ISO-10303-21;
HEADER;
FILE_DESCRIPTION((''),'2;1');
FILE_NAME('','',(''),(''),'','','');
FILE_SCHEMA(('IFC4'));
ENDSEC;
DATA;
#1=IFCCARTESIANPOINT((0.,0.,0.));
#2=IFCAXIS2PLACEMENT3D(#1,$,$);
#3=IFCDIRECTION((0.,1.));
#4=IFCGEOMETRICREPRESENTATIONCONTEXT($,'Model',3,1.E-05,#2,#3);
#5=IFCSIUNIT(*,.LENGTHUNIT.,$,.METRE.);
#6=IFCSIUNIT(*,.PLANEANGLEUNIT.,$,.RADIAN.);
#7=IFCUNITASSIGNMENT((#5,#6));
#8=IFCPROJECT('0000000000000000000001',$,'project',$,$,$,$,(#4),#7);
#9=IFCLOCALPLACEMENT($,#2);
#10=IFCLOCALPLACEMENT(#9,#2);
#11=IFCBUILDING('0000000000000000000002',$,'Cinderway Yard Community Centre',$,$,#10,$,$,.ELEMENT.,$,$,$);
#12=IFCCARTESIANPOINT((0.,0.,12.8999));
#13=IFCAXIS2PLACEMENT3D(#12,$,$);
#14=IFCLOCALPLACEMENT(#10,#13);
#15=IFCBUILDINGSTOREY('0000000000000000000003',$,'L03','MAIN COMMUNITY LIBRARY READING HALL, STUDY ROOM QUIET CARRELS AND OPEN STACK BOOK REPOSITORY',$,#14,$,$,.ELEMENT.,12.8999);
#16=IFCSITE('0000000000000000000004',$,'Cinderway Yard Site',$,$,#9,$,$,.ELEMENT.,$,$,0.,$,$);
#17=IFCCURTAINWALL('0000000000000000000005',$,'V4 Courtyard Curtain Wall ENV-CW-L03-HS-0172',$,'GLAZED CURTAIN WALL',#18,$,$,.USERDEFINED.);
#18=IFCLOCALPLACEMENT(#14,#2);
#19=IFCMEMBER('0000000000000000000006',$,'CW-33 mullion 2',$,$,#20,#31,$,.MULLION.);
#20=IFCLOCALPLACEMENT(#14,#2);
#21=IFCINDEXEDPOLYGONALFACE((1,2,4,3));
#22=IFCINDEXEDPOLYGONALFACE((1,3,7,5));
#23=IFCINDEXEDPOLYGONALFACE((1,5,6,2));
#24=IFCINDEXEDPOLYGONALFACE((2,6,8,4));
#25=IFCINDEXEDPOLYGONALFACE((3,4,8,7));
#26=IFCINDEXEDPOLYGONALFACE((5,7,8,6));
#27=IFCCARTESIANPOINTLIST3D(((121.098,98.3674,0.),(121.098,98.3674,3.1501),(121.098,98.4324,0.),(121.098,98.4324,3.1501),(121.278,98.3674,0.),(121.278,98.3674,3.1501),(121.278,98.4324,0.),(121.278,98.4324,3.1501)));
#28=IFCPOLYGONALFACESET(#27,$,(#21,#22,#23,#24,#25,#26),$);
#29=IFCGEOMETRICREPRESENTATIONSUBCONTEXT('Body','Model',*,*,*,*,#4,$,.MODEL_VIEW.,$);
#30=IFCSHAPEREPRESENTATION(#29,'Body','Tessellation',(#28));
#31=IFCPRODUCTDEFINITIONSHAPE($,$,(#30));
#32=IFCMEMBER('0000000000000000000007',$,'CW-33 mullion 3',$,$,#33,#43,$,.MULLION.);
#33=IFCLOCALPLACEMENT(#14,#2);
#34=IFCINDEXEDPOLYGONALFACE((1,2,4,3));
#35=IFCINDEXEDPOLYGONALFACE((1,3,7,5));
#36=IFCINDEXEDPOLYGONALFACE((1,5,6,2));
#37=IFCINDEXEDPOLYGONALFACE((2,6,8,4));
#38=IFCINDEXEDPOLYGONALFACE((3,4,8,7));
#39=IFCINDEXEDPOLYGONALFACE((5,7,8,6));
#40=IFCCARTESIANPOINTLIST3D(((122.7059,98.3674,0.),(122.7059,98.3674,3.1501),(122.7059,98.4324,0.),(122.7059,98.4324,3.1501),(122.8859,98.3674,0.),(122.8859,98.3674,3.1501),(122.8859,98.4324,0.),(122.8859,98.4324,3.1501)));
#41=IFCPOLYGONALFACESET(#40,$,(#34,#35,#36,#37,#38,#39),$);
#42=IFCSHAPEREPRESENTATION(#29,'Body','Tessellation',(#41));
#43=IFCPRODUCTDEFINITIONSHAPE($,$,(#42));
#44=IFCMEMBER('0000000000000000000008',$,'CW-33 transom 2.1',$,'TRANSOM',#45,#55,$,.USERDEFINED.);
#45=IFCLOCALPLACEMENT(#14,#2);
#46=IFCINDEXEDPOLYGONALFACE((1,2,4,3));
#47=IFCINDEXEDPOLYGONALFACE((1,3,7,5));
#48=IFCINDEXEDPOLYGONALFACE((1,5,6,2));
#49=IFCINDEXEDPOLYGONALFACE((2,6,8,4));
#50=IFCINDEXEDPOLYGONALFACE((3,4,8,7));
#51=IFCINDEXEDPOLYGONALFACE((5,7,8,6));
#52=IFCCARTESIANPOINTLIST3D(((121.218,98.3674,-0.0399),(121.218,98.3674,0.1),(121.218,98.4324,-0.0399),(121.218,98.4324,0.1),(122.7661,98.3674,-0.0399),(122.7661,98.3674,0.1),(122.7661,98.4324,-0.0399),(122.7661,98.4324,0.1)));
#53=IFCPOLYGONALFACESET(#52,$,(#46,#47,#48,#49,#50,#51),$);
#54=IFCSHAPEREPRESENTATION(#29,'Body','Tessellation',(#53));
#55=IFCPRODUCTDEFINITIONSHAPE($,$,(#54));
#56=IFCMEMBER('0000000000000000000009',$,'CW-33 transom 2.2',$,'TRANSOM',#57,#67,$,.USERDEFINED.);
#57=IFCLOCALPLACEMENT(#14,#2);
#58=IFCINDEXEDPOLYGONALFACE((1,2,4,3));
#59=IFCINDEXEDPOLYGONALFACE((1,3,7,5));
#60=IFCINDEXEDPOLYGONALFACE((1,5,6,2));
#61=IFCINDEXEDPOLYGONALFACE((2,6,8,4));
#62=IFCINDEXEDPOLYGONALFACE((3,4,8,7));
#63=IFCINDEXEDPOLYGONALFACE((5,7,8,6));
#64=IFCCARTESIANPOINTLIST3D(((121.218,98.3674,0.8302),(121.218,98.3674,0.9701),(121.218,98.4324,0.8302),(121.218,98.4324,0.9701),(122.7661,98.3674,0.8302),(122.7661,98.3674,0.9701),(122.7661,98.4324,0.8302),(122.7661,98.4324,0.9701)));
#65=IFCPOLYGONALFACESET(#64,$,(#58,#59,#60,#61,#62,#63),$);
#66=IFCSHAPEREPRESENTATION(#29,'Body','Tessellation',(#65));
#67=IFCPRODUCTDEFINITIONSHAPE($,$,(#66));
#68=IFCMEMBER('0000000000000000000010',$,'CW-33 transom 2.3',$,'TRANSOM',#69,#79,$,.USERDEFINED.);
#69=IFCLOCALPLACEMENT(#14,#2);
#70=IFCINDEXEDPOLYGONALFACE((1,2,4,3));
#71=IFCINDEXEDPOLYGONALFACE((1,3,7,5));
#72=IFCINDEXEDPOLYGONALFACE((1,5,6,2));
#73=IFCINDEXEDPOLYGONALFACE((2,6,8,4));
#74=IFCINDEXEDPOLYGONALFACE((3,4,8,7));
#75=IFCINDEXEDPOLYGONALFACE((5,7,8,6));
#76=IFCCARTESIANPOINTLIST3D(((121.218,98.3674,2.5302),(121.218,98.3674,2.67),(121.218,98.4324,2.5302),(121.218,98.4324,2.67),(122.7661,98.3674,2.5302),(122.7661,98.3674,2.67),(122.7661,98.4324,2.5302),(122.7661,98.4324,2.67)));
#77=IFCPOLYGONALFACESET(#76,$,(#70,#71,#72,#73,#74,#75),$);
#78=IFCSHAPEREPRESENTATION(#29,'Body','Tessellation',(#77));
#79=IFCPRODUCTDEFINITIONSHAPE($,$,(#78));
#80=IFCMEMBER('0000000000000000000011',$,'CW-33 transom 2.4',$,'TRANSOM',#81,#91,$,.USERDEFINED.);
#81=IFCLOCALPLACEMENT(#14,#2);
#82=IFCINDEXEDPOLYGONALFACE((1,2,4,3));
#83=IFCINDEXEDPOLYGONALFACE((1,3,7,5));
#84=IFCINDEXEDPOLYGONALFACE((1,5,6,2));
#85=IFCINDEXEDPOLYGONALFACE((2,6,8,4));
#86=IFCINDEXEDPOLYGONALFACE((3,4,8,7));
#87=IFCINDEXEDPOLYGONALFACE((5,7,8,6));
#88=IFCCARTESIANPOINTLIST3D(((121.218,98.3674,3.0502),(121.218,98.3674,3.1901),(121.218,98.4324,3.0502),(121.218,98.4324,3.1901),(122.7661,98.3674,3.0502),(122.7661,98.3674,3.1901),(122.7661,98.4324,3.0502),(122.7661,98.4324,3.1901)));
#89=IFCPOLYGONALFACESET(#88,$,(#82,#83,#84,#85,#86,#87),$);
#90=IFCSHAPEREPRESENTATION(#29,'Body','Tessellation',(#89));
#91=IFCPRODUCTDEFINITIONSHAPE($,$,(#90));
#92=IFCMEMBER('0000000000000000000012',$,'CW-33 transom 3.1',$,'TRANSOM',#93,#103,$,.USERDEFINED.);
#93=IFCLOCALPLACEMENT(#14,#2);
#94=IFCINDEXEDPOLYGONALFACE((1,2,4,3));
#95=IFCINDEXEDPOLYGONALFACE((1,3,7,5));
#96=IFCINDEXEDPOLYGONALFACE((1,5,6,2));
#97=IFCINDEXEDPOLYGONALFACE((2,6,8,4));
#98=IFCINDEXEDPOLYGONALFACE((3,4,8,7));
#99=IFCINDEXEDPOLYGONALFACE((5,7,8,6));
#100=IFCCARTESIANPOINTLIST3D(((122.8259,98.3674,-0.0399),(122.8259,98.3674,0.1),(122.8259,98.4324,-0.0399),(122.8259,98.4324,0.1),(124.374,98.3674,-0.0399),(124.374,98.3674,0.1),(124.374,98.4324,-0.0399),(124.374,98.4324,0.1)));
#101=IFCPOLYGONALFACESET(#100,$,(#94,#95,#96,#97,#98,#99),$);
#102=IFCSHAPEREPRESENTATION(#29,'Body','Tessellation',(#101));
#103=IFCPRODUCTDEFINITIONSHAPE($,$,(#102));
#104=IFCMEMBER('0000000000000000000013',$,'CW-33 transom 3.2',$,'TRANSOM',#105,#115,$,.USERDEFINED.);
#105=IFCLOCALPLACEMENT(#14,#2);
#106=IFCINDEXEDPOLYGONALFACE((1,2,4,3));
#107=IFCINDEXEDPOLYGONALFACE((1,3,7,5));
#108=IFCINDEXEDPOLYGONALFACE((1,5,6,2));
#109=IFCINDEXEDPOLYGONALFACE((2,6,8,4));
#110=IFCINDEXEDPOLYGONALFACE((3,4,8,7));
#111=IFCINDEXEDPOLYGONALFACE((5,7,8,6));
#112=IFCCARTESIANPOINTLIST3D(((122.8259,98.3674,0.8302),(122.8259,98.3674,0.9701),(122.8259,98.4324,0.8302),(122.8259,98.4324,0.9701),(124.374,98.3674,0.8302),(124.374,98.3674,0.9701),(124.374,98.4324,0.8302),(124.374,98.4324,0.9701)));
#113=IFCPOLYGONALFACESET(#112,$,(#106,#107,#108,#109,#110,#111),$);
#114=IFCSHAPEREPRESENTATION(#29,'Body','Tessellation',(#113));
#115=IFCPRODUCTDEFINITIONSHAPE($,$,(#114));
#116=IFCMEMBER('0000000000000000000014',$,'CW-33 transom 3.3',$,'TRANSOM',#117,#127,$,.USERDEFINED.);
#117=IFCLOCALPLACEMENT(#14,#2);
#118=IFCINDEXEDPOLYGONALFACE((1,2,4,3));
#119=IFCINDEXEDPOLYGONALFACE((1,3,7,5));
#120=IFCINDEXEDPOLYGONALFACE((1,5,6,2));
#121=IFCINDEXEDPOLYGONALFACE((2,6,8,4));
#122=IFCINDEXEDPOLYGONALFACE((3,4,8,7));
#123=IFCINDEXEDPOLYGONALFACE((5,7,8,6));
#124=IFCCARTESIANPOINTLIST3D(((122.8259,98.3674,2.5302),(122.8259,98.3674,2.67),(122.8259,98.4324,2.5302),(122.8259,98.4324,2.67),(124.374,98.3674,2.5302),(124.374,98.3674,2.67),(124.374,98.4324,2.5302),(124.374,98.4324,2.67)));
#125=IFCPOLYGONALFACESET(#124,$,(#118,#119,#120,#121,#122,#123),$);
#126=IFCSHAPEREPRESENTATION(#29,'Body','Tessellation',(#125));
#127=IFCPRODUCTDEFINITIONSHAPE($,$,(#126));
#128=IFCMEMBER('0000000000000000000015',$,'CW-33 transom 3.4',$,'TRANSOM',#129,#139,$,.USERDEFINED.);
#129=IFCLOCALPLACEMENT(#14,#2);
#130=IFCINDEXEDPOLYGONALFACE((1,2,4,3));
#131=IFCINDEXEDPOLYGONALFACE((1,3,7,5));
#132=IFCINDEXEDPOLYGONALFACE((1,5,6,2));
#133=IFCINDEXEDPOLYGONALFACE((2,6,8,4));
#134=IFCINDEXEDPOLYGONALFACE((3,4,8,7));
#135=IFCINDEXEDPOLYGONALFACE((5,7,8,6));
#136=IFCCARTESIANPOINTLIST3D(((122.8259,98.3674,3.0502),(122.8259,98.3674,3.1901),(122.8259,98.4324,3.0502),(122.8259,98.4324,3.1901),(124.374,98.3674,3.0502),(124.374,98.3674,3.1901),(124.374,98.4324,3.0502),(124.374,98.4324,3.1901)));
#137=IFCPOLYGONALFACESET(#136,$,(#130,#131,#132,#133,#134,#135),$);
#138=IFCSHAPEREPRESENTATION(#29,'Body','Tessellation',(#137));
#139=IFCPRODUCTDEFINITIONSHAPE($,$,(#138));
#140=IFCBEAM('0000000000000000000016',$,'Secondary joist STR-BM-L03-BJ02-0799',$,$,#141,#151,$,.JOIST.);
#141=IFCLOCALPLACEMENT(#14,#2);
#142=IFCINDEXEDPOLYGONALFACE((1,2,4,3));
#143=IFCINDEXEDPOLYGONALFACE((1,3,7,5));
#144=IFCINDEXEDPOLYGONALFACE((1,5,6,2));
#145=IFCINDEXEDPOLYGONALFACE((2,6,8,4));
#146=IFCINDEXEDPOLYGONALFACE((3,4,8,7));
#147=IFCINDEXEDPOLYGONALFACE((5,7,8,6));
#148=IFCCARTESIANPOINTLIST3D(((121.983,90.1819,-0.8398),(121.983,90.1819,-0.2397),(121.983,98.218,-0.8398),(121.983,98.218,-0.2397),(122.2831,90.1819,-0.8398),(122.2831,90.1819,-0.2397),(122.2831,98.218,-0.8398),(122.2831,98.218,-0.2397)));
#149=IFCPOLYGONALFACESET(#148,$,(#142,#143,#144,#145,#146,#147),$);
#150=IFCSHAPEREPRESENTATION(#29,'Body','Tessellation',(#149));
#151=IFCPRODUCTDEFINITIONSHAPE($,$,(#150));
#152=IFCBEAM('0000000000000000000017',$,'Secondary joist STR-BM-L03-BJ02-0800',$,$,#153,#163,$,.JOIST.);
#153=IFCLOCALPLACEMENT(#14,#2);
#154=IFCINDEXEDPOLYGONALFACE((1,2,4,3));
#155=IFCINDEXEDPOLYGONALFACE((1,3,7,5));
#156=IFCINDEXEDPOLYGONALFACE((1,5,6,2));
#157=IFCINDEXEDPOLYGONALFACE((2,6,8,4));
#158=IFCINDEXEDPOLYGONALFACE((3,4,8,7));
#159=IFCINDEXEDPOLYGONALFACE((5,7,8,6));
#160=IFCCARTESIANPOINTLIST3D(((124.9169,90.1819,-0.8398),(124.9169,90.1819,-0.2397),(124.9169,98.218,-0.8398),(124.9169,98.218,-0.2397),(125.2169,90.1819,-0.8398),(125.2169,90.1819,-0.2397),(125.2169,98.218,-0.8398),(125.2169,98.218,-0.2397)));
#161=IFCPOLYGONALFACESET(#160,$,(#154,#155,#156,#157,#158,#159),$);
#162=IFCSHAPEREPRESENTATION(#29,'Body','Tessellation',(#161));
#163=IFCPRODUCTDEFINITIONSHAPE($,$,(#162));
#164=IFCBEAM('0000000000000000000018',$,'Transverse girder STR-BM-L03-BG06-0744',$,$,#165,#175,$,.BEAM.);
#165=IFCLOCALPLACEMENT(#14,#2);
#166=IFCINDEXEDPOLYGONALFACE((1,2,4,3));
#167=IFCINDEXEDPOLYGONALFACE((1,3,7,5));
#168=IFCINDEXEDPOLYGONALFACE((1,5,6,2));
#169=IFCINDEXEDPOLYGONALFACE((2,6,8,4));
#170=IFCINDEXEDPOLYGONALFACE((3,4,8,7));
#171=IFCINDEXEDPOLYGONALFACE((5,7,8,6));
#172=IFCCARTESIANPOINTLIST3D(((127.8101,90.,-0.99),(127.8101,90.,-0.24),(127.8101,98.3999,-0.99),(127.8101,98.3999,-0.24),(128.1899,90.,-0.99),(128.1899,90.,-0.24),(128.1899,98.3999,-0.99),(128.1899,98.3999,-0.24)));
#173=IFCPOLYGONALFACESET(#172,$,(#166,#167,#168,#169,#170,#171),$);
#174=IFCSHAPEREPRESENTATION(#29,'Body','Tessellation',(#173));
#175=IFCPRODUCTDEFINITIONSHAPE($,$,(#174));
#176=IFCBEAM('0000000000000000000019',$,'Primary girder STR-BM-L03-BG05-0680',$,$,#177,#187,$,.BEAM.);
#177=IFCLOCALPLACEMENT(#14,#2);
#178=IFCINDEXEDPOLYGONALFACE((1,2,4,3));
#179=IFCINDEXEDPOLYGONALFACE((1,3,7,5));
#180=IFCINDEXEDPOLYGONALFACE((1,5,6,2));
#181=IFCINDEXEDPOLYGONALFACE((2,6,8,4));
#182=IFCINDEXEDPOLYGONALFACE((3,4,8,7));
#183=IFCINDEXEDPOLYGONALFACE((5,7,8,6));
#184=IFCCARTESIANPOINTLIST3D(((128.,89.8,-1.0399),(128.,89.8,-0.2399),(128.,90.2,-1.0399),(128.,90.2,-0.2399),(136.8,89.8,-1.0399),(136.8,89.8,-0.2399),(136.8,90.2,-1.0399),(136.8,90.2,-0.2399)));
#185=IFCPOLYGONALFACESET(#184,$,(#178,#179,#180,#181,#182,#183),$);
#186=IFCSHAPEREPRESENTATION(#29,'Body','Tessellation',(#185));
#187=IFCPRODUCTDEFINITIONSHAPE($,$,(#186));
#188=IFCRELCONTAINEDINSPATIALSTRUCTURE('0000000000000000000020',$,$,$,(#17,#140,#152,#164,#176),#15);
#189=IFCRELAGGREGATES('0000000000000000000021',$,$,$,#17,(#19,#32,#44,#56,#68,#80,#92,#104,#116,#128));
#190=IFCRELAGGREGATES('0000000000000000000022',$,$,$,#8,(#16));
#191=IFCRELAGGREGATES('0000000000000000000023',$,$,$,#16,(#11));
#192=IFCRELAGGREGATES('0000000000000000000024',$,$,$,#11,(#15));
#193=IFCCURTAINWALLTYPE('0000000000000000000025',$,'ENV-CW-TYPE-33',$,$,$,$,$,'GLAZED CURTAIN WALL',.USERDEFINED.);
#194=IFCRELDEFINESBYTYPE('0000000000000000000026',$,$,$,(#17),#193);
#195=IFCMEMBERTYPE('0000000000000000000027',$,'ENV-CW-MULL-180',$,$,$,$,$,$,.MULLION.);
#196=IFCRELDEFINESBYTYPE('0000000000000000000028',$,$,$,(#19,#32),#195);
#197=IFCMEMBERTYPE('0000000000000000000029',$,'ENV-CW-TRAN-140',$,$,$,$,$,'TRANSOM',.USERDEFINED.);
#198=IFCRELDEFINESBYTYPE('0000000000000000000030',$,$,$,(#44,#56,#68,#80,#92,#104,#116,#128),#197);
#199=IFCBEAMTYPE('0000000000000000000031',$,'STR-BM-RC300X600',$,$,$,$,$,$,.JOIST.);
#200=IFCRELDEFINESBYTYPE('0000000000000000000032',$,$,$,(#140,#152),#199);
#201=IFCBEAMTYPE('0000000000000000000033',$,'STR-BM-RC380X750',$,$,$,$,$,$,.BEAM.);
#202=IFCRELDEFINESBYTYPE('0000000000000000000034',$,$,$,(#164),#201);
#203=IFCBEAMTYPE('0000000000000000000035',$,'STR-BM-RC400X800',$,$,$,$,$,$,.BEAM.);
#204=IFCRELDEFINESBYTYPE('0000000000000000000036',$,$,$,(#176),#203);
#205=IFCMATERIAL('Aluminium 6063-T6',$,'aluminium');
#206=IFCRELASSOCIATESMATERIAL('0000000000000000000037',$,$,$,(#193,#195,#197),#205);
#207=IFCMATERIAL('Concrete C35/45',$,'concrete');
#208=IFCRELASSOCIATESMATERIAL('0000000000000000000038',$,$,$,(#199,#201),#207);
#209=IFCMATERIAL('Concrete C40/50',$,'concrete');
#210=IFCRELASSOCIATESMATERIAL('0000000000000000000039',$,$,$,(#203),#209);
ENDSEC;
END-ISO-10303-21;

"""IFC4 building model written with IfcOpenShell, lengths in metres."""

from ifc_helpers import new_model, si_unit, direction, frame, origin, origin_2d, place, context, subcontext, project, spatial, rectangle, extrude, material, material_profile, profile_set, type_object, element, aggregate, save


model = new_model("IFC4")

# Units and contexts
model_context = context("Model", 3, precision=1e-05, world=origin(), true_north=direction((0.0, 1.0)))
body_context = subcontext(model_context, "Body", "Model", "MODEL_VIEW")
ifc_project = project(units=[si_unit("LENGTHUNIT", "METRE"), si_unit("PLANEANGLEUNIT", "RADIAN")], contexts=[model_context])

# Site, building, storey
site_placement = place(None, origin())
site = spatial("IfcSite", under=ifc_project, at=site_placement, Name="Cinderway Yard Site", CompositionType="ELEMENT", RefElevation=0.0)
building_placement = place(site_placement, origin())
building = spatial("IfcBuilding", under=site, at=building_placement, Name="Cinderway Yard Community Centre", CompositionType="ELEMENT")
storey_placement = place(building_placement, frame((0.0, 0.0, 12.8999)))
storey = spatial("IfcBuildingStorey", under=building, at=storey_placement, Name="L03", Description="MAIN COMMUNITY LIBRARY READING HALL, STUDY ROOM QUIET CARRELS AND OPEN STACK BOOK REPOSITORY", CompositionType="ELEMENT", Elevation=12.8999)

# Curtain wall, members
ifc_material_1 = material(Name="Aluminium 6063-T6", Category="aluminium")
curtain_wall_type = type_object("IfcCurtainWallType", Name="ENV-CW-TYPE-33", ElementType="GLAZED CURTAIN WALL", PredefinedType="USERDEFINED", material=ifc_material_1)
curtain_wall_placement = place(storey_placement, origin())
curtain_wall = element("IfcCurtainWall", 1, at=curtain_wall_placement, inside=storey, type_object=curtain_wall_type, Name="V4 Courtyard Curtain Wall ENV-CW-L03-HS-0172", ObjectType="GLAZED CURTAIN WALL", PredefinedType="USERDEFINED")
ifc_material_profile_1 = material_profile(ifc_material_1, rectangle(XDim=0.0649, YDim=0.1799, at=origin_2d()), Name="Aluminium 6063-T6")
ifc_profile_set_1 = profile_set([ifc_material_profile_1], Name="Aluminium 6063-T6")
member_type_1 = type_object("IfcMemberType", Name="ENV-CW-MULL-180", PredefinedType="MULLION", material=ifc_profile_set_1)
member_1_placement = place(storey_placement, frame((121.188, 98.3999, 0.0), z_axis=(0.0, 0.0, 1.0), x_axis=(0.0, 1.0, 0.0)))
member_1 = element("IfcMember", 2, at=member_1_placement, type_object=member_type_1, Name="CW-33 mullion 2", PredefinedType="MULLION", context=body_context, shape_type="SweptSolid", body=[
    extrude(rectangle(XDim=0.0649, YDim=0.1799, at=origin_2d()), origin(), (0.0, 0.0, 1.0), 3.1501),
])
member_2_placement = place(storey_placement, frame((122.7959, 98.3999, 0.0), z_axis=(0.0, 0.0, 1.0), x_axis=(0.0, 1.0, 0.0)))
member_2 = element("IfcMember", 3, at=member_2_placement, type_object=member_type_1, Name="CW-33 mullion 3", PredefinedType="MULLION", context=body_context, shape_type="SweptSolid", body=[
    extrude(rectangle(XDim=0.0649, YDim=0.1799, at=origin_2d()), origin(), (0.0, 0.0, 1.0), 3.1501),
])
ifc_material_profile_2 = material_profile(ifc_material_1, rectangle(XDim=0.0649, YDim=0.1399, at=origin_2d()), Name="Aluminium 6063-T6")
ifc_profile_set_2 = profile_set([ifc_material_profile_2], Name="Aluminium 6063-T6")
member_type_2 = type_object("IfcMemberType", Name="ENV-CW-TRAN-140", ElementType="TRANSOM", PredefinedType="USERDEFINED", material=ifc_profile_set_2)
member_3_placement = place(storey_placement, frame((121.218, 98.3999, 0.03), z_axis=(1.0, 0.0, 0.0), x_axis=(0.0, 1.0, 0.0)))
member_3 = element("IfcMember", 4, at=member_3_placement, type_object=member_type_2, Name="CW-33 transom 2.1", ObjectType="TRANSOM", PredefinedType="USERDEFINED", context=body_context, shape_type="SweptSolid", body=[
    extrude(rectangle(XDim=0.0649, YDim=0.1399, at=origin_2d()), origin(), (0.0, 0.0, 1.0), 1.5481),
])
member_4_placement = place(storey_placement, frame((121.218, 98.3999, 0.9001), z_axis=(1.0, 0.0, 0.0), x_axis=(0.0, 1.0, 0.0)))
member_4 = element("IfcMember", 5, at=member_4_placement, type_object=member_type_2, Name="CW-33 transom 2.2", ObjectType="TRANSOM", PredefinedType="USERDEFINED", context=body_context, shape_type="SweptSolid", body=[
    extrude(rectangle(XDim=0.0649, YDim=0.1399, at=origin_2d()), origin(), (0.0, 0.0, 1.0), 1.5481),
])
member_5_placement = place(storey_placement, frame((121.218, 98.3999, 2.6001), z_axis=(1.0, 0.0, 0.0), x_axis=(0.0, 1.0, 0.0)))
member_5 = element("IfcMember", 6, at=member_5_placement, type_object=member_type_2, Name="CW-33 transom 2.3", ObjectType="TRANSOM", PredefinedType="USERDEFINED", context=body_context, shape_type="SweptSolid", body=[
    extrude(rectangle(XDim=0.0649, YDim=0.1399, at=origin_2d()), origin(), (0.0, 0.0, 1.0), 1.5481),
])
member_6_placement = place(storey_placement, frame((121.218, 98.3999, 3.1201), z_axis=(1.0, 0.0, 0.0), x_axis=(0.0, 1.0, 0.0)))
member_6 = element("IfcMember", 7, at=member_6_placement, type_object=member_type_2, Name="CW-33 transom 2.4", ObjectType="TRANSOM", PredefinedType="USERDEFINED", context=body_context, shape_type="SweptSolid", body=[
    extrude(rectangle(XDim=0.0649, YDim=0.1399, at=origin_2d()), origin(), (0.0, 0.0, 1.0), 1.5481),
])
member_7_placement = place(storey_placement, frame((122.8259, 98.3999, 0.03), z_axis=(1.0, 0.0, 0.0), x_axis=(0.0, 1.0, 0.0)))
member_7 = element("IfcMember", 8, at=member_7_placement, type_object=member_type_2, Name="CW-33 transom 3.1", ObjectType="TRANSOM", PredefinedType="USERDEFINED", context=body_context, shape_type="SweptSolid", body=[
    extrude(rectangle(XDim=0.0649, YDim=0.1399, at=origin_2d()), origin(), (0.0, 0.0, 1.0), 1.5481),
])
member_8_placement = place(storey_placement, frame((122.8259, 98.3999, 0.9001), z_axis=(1.0, 0.0, 0.0), x_axis=(0.0, 1.0, 0.0)))
member_8 = element("IfcMember", 9, at=member_8_placement, type_object=member_type_2, Name="CW-33 transom 3.2", ObjectType="TRANSOM", PredefinedType="USERDEFINED", context=body_context, shape_type="SweptSolid", body=[
    extrude(rectangle(XDim=0.0649, YDim=0.1399, at=origin_2d()), origin(), (0.0, 0.0, 1.0), 1.5481),
])
member_9_placement = place(storey_placement, frame((122.8259, 98.3999, 2.6001), z_axis=(1.0, 0.0, 0.0), x_axis=(0.0, 1.0, 0.0)))
member_9 = element("IfcMember", 10, at=member_9_placement, type_object=member_type_2, Name="CW-33 transom 3.3", ObjectType="TRANSOM", PredefinedType="USERDEFINED", context=body_context, shape_type="SweptSolid", body=[
    extrude(rectangle(XDim=0.0649, YDim=0.1399, at=origin_2d()), origin(), (0.0, 0.0, 1.0), 1.5481),
])
member_10_placement = place(storey_placement, frame((122.8259, 98.3999, 3.1201), z_axis=(1.0, 0.0, 0.0), x_axis=(0.0, 1.0, 0.0)))
member_10 = element("IfcMember", 11, at=member_10_placement, type_object=member_type_2, Name="CW-33 transom 3.4", ObjectType="TRANSOM", PredefinedType="USERDEFINED", context=body_context, shape_type="SweptSolid", body=[
    extrude(rectangle(XDim=0.0649, YDim=0.1399, at=origin_2d()), origin(), (0.0, 0.0, 1.0), 1.5481),
])

# Beams
ifc_material_2 = material(Name="Concrete C35/45", Category="concrete")
ifc_material_profile_3 = material_profile(ifc_material_2, rectangle(XDim=0.3, YDim=0.6001, at=origin_2d()), Name="Concrete C35/45")
ifc_profile_set_3 = profile_set([ifc_material_profile_3], Name="Concrete C35/45")
beam_type_1 = type_object("IfcBeamType", Name="STR-BM-RC300X600", PredefinedType="JOIST", material=ifc_profile_set_3)
for number, where, z_axis, x_axis, name in (
    (12, (122.1331, 90.1819, -0.5398), (0.0, 1.0, 0.0), (-1.0, 0.0, 0.0), "Secondary joist STR-BM-L03-BJ02-0799"),
    (13, (125.0669, 90.1819, -0.5398), (0.0, 1.0, 0.0), (-1.0, 0.0, 0.0), "Secondary joist STR-BM-L03-BJ02-0800"),
):
    element("IfcBeam", number, at=place(storey_placement, frame(where, z_axis=z_axis, x_axis=x_axis)), inside=storey, type_object=beam_type_1, Name=name, PredefinedType="JOIST", context=body_context, shape_type="SweptSolid", body=[
        extrude(rectangle(XDim=0.3, YDim=0.6001, at=origin_2d()), origin(), (0.0, 0.0, 1.0), 8.0361),
    ])
ifc_material_profile_4 = material_profile(ifc_material_2, rectangle(XDim=0.3799, YDim=0.75, at=origin_2d()), Name="Concrete C35/45")
ifc_profile_set_4 = profile_set([ifc_material_profile_4], Name="Concrete C35/45")
beam_type_2 = type_object("IfcBeamType", Name="STR-BM-RC380X750", PredefinedType="BEAM", material=ifc_profile_set_4)
beam_1_placement = place(storey_placement, frame((128.0, 90.0, -0.615), z_axis=(0.0, 1.0, 0.0), x_axis=(-1.0, 0.0, 0.0)))
element("IfcBeam", 14, at=beam_1_placement, inside=storey, type_object=beam_type_2, Name="Transverse girder STR-BM-L03-BG06-0744", PredefinedType="BEAM", context=body_context, shape_type="SweptSolid", body=[
    extrude(rectangle(XDim=0.3799, YDim=0.75, at=origin_2d()), origin(), (0.0, 0.0, 1.0), 8.3999),
])
ifc_material_3 = material(Name="Concrete C40/50", Category="concrete")
ifc_material_profile_5 = material_profile(ifc_material_3, rectangle(XDim=0.3999, YDim=0.8, at=origin_2d()), Name="Concrete C40/50")
ifc_profile_set_5 = profile_set([ifc_material_profile_5], Name="Concrete C40/50")
beam_type_3 = type_object("IfcBeamType", Name="STR-BM-RC400X800", PredefinedType="BEAM", material=ifc_profile_set_5)
beam_2_placement = place(storey_placement, frame((128.0, 90.0, -0.6399), z_axis=(1.0, 0.0, 0.0), x_axis=(0.0, 1.0, 0.0)))
element("IfcBeam", 15, at=beam_2_placement, inside=storey, type_object=beam_type_3, Name="Primary girder STR-BM-L03-BG05-0680", PredefinedType="BEAM", context=body_context, shape_type="SweptSolid", body=[
    extrude(rectangle(XDim=0.3999, YDim=0.8, at=origin_2d()), origin(), (0.0, 0.0, 1.0), 8.8),
])

aggregate(curtain_wall, [member_1, member_2, member_3, member_4, member_5, member_6, member_7, member_8, member_9, member_10])

save(model, "model.ifc")
